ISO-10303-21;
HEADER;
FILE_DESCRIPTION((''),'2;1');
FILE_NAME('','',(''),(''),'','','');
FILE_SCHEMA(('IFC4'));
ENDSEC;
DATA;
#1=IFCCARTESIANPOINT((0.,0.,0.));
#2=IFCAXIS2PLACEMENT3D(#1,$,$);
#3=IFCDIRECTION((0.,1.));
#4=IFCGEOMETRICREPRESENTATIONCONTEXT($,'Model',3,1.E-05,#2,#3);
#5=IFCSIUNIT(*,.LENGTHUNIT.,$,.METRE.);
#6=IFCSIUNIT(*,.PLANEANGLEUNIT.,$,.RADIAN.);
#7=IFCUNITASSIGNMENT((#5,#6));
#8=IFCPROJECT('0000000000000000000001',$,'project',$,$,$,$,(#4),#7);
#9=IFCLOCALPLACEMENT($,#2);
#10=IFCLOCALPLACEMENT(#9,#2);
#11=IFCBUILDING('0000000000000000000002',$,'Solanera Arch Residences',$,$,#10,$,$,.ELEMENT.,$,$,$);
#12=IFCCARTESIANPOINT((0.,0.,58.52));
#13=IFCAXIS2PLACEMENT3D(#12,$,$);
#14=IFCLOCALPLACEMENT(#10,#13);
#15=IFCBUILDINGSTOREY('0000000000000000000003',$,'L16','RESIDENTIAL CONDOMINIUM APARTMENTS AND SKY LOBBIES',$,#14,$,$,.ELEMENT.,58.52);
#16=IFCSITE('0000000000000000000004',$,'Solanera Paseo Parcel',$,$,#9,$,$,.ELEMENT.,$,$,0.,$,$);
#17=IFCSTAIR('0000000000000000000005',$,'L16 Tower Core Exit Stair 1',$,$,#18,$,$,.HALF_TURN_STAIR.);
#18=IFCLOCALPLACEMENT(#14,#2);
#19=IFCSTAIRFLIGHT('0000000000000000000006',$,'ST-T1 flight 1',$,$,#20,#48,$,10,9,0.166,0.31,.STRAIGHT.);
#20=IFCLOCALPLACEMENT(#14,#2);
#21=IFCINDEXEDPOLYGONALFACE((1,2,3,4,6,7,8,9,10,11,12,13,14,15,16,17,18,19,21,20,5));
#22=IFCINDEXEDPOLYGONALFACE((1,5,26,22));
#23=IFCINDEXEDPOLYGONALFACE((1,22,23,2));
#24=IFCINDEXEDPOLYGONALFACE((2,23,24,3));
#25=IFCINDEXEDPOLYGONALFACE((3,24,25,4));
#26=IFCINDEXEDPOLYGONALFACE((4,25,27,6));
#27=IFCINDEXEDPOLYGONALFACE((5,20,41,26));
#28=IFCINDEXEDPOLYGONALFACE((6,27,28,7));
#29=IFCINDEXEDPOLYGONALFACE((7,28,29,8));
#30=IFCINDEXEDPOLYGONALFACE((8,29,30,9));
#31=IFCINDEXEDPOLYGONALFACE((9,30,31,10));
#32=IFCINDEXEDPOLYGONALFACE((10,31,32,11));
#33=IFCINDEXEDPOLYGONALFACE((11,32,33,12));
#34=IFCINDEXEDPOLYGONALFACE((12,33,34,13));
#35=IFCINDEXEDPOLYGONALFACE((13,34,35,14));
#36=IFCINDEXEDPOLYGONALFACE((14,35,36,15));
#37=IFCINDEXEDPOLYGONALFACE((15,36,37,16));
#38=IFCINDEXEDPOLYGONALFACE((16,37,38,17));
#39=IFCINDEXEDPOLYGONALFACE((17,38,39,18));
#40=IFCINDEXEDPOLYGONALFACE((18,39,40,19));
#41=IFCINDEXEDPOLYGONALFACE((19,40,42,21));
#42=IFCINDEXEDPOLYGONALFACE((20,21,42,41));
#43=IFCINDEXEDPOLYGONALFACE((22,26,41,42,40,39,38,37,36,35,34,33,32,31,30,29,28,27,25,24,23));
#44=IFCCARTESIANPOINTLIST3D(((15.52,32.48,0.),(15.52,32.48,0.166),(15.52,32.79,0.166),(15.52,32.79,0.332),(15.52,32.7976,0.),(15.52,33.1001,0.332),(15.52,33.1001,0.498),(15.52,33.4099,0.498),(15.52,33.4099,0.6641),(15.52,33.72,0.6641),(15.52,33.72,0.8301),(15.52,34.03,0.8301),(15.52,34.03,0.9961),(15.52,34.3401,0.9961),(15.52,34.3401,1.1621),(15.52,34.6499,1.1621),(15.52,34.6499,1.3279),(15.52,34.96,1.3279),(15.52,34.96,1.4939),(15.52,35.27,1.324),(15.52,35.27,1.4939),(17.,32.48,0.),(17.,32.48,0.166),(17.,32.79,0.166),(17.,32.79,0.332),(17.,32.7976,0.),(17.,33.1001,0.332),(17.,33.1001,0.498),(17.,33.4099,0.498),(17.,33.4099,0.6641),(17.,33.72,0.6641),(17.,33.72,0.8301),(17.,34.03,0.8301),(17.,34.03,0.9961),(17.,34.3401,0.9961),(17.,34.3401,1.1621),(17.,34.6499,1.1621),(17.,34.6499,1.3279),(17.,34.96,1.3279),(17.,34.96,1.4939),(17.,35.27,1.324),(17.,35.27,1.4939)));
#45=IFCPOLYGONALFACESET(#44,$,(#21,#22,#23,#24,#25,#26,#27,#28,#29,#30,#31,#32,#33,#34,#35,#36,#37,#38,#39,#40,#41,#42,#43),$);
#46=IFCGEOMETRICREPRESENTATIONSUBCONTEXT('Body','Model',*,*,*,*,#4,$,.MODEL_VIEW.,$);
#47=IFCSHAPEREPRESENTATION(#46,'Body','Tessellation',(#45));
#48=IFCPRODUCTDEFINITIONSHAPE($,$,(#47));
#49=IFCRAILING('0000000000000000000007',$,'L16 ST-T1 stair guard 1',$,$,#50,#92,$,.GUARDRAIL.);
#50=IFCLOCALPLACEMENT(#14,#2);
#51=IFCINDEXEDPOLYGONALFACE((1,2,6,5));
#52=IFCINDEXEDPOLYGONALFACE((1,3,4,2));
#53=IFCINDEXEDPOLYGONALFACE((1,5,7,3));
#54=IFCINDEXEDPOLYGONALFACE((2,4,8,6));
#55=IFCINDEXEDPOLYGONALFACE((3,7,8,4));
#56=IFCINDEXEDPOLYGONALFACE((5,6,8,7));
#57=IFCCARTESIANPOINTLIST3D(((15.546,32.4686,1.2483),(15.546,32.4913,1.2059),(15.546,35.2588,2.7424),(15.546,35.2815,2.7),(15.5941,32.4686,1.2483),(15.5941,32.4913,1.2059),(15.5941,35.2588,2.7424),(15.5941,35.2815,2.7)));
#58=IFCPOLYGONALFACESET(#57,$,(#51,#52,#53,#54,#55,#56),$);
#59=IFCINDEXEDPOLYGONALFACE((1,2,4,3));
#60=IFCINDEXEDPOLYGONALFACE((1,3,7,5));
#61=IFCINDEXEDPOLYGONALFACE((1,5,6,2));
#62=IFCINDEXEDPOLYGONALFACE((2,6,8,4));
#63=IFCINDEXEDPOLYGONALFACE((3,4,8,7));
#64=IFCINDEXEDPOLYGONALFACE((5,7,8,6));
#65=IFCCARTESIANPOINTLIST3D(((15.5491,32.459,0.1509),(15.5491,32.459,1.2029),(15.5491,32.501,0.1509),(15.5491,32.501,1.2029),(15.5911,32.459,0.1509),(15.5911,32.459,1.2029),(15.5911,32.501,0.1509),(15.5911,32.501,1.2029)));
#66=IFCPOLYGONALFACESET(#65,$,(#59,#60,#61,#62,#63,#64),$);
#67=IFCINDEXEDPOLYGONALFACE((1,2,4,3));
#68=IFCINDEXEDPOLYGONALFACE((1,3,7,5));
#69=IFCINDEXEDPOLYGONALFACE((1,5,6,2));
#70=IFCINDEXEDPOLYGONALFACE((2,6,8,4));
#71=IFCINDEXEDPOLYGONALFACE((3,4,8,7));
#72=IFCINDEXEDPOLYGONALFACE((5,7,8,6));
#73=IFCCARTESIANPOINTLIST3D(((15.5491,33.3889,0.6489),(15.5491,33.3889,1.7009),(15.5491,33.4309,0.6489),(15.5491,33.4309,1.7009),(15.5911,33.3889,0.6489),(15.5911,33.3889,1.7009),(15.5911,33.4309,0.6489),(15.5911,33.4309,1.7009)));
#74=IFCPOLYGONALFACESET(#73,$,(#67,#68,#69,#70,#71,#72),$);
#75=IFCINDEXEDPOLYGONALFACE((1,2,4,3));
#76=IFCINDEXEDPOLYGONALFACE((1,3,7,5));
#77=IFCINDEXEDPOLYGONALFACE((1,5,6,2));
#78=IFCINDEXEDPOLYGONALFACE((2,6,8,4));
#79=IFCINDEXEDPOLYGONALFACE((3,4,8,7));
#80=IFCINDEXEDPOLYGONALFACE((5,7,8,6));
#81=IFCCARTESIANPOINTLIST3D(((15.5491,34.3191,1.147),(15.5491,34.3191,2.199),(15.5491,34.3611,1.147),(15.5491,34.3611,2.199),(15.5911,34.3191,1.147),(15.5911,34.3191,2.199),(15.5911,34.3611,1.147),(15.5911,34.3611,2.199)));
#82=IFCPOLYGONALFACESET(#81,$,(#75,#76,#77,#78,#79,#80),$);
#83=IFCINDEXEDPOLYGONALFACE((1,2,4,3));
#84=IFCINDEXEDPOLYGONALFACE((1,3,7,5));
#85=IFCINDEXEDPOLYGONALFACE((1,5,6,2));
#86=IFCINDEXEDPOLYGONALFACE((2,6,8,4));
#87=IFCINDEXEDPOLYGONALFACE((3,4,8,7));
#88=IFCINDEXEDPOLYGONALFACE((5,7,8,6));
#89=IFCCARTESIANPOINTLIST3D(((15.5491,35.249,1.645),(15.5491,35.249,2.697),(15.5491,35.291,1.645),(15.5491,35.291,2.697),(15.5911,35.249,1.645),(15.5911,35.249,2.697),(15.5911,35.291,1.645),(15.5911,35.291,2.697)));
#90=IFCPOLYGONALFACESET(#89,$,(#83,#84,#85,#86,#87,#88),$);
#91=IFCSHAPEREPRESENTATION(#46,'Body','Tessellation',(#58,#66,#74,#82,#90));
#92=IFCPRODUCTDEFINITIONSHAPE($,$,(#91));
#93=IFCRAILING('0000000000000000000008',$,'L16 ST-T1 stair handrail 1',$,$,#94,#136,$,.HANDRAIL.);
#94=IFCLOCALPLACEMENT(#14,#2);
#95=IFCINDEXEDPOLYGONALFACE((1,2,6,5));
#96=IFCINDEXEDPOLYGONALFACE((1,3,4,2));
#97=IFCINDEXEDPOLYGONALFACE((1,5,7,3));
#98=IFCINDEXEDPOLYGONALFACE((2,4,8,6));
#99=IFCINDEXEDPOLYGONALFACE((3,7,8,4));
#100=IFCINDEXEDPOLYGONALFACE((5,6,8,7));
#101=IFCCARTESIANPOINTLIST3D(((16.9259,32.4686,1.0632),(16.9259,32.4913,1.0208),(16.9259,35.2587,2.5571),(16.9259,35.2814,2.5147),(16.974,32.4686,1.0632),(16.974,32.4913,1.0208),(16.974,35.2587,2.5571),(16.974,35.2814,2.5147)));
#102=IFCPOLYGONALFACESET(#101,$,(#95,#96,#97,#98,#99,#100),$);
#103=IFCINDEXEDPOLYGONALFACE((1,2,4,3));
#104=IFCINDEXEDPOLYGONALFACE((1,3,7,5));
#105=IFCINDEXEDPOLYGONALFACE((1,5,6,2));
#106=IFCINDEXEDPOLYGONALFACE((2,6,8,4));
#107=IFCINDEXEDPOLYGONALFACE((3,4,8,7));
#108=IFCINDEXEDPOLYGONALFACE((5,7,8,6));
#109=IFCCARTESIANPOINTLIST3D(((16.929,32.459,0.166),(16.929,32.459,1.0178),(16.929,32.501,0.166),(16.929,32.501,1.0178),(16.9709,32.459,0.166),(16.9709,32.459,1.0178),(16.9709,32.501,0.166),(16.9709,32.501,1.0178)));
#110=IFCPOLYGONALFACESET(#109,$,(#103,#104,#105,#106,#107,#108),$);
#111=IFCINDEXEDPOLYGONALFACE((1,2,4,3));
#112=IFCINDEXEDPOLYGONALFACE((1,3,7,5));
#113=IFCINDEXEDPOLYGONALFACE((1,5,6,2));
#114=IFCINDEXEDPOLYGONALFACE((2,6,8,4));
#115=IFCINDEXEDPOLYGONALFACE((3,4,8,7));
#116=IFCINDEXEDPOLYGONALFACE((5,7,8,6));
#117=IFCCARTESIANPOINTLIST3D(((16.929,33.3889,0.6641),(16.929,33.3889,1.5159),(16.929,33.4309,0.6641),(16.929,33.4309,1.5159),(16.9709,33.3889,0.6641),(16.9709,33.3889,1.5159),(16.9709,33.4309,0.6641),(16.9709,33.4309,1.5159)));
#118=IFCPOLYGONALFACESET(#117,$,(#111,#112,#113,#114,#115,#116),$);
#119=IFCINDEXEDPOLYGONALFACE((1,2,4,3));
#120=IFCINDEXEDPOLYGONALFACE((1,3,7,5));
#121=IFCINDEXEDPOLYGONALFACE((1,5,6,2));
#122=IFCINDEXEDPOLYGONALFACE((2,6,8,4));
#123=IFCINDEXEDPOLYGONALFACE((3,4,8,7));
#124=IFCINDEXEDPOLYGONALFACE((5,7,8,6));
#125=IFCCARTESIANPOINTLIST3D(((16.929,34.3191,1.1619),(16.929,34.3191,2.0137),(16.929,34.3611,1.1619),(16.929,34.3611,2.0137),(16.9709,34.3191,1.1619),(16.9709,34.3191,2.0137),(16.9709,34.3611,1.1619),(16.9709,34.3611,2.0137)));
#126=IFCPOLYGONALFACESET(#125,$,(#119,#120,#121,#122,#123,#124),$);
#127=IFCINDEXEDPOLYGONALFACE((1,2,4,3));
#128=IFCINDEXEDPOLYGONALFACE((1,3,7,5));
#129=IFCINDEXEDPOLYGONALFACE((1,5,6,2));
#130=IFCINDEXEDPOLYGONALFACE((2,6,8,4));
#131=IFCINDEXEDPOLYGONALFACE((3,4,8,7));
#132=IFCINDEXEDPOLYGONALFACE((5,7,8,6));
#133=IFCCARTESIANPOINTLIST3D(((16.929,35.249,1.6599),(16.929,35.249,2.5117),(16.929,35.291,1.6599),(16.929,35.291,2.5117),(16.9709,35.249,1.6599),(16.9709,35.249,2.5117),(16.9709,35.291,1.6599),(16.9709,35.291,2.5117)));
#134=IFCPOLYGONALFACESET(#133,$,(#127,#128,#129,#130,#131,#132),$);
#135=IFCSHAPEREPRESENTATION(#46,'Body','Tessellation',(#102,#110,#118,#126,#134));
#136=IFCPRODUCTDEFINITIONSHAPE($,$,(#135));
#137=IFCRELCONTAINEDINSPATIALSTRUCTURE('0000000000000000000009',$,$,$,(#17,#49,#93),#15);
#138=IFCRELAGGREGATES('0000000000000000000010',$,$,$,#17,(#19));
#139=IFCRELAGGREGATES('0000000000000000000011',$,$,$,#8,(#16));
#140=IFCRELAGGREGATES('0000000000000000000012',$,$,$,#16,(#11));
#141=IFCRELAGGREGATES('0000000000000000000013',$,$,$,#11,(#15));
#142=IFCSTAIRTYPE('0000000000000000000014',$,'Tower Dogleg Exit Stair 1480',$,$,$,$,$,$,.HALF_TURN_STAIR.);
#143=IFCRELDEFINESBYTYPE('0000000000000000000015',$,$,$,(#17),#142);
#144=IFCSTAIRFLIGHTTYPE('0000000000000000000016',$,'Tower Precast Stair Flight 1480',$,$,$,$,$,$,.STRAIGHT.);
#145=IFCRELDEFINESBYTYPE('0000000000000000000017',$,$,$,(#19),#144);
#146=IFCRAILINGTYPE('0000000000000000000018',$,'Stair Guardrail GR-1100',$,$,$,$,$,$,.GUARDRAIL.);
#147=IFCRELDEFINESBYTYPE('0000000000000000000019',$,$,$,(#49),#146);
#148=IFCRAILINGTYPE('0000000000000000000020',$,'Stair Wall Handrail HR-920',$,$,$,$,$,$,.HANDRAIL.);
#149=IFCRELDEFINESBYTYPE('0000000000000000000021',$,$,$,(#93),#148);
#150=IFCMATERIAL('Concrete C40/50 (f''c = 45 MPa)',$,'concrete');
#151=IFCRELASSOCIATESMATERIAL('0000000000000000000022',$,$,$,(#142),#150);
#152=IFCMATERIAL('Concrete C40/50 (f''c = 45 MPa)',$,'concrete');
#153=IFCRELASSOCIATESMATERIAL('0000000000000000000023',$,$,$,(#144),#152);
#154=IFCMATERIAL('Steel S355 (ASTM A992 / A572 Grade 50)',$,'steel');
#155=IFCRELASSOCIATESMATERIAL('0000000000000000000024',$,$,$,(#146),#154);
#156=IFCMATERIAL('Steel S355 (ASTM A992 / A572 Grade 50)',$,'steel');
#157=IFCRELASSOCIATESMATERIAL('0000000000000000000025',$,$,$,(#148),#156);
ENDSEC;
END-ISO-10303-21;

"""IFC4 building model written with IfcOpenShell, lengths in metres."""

from ifc_helpers import new_model, si_unit, direction, frame, origin, origin_2d, place, context, subcontext, project, spatial, polyline, rectangle, outline, extrude, material, type_object, element, aggregate, save


model = new_model("IFC4")

# Units and contexts
model_context = context("Model", 3, precision=1e-05, world=origin(), true_north=direction((0.0, 1.0)))
body_context = subcontext(model_context, "Body", "Model", "MODEL_VIEW")
ifc_project = project(units=[si_unit("LENGTHUNIT", "METRE"), si_unit("PLANEANGLEUNIT", "RADIAN")], contexts=[model_context])

# Site, building, storey
site_placement = place(None, origin())
site = spatial("IfcSite", under=ifc_project, at=site_placement, Name="Solanera Paseo Parcel", CompositionType="ELEMENT", RefElevation=0.0)
building_placement = place(site_placement, origin())
building = spatial("IfcBuilding", under=site, at=building_placement, Name="Solanera Arch Residences", CompositionType="ELEMENT")
storey_placement = place(building_placement, frame((0.0, 0.0, 58.52)))
storey = spatial("IfcBuildingStorey", under=building, at=storey_placement, Name="L16", Description="RESIDENTIAL CONDOMINIUM APARTMENTS AND SKY LOBBIES", CompositionType="ELEMENT", Elevation=58.52)

# Stair, stair flight
ifc_material_1 = material(Name="Concrete C40/50 (f'c = 45 MPa)", Category="concrete")
stair_type = type_object("IfcStairType", Name="Tower Dogleg Exit Stair 1480", PredefinedType="HALF_TURN_STAIR", material=ifc_material_1)
stair_placement = place(storey_placement, origin())
stair = element("IfcStair", 1, at=stair_placement, inside=storey, type_object=stair_type, Name="L16 Tower Core Exit Stair 1", PredefinedType="HALF_TURN_STAIR")
ifc_material_2 = material(Name="Concrete C40/50 (f'c = 45 MPa)", Category="concrete")
stair_flight_type = type_object("IfcStairFlightType", Name="Tower Precast Stair Flight 1480", PredefinedType="STRAIGHT", material=ifc_material_2)
stair_flight_placement = place(storey_placement, frame((16.26, 32.48, 0.0), z_axis=(0.0, 0.0, 1.0), x_axis=(0.0, 1.0, 0.0)))
stair_flight = element("IfcStairFlight", 2, at=stair_flight_placement, type_object=stair_flight_type, Name="ST-T1 flight 1", NumberOfRisers=10, NumberOfTreads=9, PredefinedType="STRAIGHT", RiserHeight=0.166, TreadLength=0.31, context=body_context, shape_type="SweptSolid", body=[
    extrude(outline(polyline([(0.0, 0.0), (0.0, 0.166), (0.3101, 0.166), (0.3101, 0.332), (0.6201, 0.332), (0.6201, 0.498), (0.9299, 0.498), (0.9299, 0.6641), (1.24, 0.6641), (1.24, 0.8301), (1.55, 0.8301), (1.55, 0.9961), (1.8601, 0.9961), (1.8601, 1.1621), (2.1699, 1.1621), (2.1699, 1.3279), (2.48, 1.3279), (2.48, 1.4939), (2.79, 1.4939), (2.79, 1.6599), (2.79, 1.324), (0.3176, 0.0), (0.0, 0.0)])), frame((0.0, 0.74, 0.0), z_axis=(0.0, -1.0, 0.0), x_axis=(1.0, 0.0, 0.0)), (0.0, 0.0, 1.0), 1.48),
])
aggregate(stair, [stair_flight])

# Railings
ifc_material_3 = material(Name="Steel S355 (ASTM A992 / A572 Grade 50)", Category="steel")
railing_type_1 = type_object("IfcRailingType", Name="Stair Guardrail GR-1100", PredefinedType="GUARDRAIL", material=ifc_material_3)
railing_1_placement = place(storey_placement, frame((15.5701, 32.48, 0.1509)))
element("IfcRailing", 3, at=railing_1_placement, inside=storey, type_object=railing_type_1, Name="L16 ST-T1 stair guard 1", PredefinedType="GUARDRAIL", context=body_context, shape_type="SweptSolid", body=[
    extrude(rectangle(XDim=0.0481, YDim=0.0481, at=origin_2d()), frame((0.0, 0.0, 1.0762), z_axis=(0.0, 0.881549, 0.472093), x_axis=(-1.0, 0.0, 0.0)), (0.0, 0.0, 1.0), 3.165),
    extrude(rectangle(XDim=0.042, YDim=0.042, at=origin_2d()), origin(), (0.0, 0.0, 1.0), 1.052),
    extrude(rectangle(XDim=0.042, YDim=0.042, at=origin_2d()), frame((0.0, 0.9299, 0.498)), (0.0, 0.0, 1.0), 1.052),
    extrude(rectangle(XDim=0.042, YDim=0.042, at=origin_2d()), frame((0.0, 1.8601, 0.9961)), (0.0, 0.0, 1.0), 1.052),
    extrude(rectangle(XDim=0.042, YDim=0.042, at=origin_2d()), frame((0.0, 2.79, 1.4941)), (0.0, 0.0, 1.0), 1.052),
])
ifc_material_4 = material(Name="Steel S355 (ASTM A992 / A572 Grade 50)", Category="steel")
railing_type_2 = type_object("IfcRailingType", Name="Stair Wall Handrail HR-920", PredefinedType="HANDRAIL", material=ifc_material_4)
railing_2_placement = place(storey_placement, frame((16.95, 32.48, 0.166)))
element("IfcRailing", 4, at=railing_2_placement, inside=storey, type_object=railing_type_2, Name="L16 ST-T1 stair handrail 1", PredefinedType="HANDRAIL", context=body_context, shape_type="SweptSolid", body=[
    extrude(rectangle(XDim=0.0481, YDim=0.0481, at=origin_2d()), frame((0.0, 0.0, 0.876), z_axis=(0.0, 0.881581, 0.472033), x_axis=(-1.0, 0.0, 0.0)), (0.0, 0.0, 1.0), 3.1648),
    extrude(rectangle(XDim=0.042, YDim=0.042, at=origin_2d()), origin(), (0.0, 0.0, 1.0), 0.8518),
    extrude(rectangle(XDim=0.042, YDim=0.042, at=origin_2d()), frame((0.0, 0.9299, 0.498)), (0.0, 0.0, 1.0), 0.8518),
    extrude(rectangle(XDim=0.042, YDim=0.042, at=origin_2d()), frame((0.0, 1.8601, 0.9958)), (0.0, 0.0, 1.0), 0.8518),
    extrude(rectangle(XDim=0.042, YDim=0.042, at=origin_2d()), frame((0.0, 2.79, 1.4939)), (0.0, 0.0, 1.0), 0.8518),
])

save(model, "model.ifc")
